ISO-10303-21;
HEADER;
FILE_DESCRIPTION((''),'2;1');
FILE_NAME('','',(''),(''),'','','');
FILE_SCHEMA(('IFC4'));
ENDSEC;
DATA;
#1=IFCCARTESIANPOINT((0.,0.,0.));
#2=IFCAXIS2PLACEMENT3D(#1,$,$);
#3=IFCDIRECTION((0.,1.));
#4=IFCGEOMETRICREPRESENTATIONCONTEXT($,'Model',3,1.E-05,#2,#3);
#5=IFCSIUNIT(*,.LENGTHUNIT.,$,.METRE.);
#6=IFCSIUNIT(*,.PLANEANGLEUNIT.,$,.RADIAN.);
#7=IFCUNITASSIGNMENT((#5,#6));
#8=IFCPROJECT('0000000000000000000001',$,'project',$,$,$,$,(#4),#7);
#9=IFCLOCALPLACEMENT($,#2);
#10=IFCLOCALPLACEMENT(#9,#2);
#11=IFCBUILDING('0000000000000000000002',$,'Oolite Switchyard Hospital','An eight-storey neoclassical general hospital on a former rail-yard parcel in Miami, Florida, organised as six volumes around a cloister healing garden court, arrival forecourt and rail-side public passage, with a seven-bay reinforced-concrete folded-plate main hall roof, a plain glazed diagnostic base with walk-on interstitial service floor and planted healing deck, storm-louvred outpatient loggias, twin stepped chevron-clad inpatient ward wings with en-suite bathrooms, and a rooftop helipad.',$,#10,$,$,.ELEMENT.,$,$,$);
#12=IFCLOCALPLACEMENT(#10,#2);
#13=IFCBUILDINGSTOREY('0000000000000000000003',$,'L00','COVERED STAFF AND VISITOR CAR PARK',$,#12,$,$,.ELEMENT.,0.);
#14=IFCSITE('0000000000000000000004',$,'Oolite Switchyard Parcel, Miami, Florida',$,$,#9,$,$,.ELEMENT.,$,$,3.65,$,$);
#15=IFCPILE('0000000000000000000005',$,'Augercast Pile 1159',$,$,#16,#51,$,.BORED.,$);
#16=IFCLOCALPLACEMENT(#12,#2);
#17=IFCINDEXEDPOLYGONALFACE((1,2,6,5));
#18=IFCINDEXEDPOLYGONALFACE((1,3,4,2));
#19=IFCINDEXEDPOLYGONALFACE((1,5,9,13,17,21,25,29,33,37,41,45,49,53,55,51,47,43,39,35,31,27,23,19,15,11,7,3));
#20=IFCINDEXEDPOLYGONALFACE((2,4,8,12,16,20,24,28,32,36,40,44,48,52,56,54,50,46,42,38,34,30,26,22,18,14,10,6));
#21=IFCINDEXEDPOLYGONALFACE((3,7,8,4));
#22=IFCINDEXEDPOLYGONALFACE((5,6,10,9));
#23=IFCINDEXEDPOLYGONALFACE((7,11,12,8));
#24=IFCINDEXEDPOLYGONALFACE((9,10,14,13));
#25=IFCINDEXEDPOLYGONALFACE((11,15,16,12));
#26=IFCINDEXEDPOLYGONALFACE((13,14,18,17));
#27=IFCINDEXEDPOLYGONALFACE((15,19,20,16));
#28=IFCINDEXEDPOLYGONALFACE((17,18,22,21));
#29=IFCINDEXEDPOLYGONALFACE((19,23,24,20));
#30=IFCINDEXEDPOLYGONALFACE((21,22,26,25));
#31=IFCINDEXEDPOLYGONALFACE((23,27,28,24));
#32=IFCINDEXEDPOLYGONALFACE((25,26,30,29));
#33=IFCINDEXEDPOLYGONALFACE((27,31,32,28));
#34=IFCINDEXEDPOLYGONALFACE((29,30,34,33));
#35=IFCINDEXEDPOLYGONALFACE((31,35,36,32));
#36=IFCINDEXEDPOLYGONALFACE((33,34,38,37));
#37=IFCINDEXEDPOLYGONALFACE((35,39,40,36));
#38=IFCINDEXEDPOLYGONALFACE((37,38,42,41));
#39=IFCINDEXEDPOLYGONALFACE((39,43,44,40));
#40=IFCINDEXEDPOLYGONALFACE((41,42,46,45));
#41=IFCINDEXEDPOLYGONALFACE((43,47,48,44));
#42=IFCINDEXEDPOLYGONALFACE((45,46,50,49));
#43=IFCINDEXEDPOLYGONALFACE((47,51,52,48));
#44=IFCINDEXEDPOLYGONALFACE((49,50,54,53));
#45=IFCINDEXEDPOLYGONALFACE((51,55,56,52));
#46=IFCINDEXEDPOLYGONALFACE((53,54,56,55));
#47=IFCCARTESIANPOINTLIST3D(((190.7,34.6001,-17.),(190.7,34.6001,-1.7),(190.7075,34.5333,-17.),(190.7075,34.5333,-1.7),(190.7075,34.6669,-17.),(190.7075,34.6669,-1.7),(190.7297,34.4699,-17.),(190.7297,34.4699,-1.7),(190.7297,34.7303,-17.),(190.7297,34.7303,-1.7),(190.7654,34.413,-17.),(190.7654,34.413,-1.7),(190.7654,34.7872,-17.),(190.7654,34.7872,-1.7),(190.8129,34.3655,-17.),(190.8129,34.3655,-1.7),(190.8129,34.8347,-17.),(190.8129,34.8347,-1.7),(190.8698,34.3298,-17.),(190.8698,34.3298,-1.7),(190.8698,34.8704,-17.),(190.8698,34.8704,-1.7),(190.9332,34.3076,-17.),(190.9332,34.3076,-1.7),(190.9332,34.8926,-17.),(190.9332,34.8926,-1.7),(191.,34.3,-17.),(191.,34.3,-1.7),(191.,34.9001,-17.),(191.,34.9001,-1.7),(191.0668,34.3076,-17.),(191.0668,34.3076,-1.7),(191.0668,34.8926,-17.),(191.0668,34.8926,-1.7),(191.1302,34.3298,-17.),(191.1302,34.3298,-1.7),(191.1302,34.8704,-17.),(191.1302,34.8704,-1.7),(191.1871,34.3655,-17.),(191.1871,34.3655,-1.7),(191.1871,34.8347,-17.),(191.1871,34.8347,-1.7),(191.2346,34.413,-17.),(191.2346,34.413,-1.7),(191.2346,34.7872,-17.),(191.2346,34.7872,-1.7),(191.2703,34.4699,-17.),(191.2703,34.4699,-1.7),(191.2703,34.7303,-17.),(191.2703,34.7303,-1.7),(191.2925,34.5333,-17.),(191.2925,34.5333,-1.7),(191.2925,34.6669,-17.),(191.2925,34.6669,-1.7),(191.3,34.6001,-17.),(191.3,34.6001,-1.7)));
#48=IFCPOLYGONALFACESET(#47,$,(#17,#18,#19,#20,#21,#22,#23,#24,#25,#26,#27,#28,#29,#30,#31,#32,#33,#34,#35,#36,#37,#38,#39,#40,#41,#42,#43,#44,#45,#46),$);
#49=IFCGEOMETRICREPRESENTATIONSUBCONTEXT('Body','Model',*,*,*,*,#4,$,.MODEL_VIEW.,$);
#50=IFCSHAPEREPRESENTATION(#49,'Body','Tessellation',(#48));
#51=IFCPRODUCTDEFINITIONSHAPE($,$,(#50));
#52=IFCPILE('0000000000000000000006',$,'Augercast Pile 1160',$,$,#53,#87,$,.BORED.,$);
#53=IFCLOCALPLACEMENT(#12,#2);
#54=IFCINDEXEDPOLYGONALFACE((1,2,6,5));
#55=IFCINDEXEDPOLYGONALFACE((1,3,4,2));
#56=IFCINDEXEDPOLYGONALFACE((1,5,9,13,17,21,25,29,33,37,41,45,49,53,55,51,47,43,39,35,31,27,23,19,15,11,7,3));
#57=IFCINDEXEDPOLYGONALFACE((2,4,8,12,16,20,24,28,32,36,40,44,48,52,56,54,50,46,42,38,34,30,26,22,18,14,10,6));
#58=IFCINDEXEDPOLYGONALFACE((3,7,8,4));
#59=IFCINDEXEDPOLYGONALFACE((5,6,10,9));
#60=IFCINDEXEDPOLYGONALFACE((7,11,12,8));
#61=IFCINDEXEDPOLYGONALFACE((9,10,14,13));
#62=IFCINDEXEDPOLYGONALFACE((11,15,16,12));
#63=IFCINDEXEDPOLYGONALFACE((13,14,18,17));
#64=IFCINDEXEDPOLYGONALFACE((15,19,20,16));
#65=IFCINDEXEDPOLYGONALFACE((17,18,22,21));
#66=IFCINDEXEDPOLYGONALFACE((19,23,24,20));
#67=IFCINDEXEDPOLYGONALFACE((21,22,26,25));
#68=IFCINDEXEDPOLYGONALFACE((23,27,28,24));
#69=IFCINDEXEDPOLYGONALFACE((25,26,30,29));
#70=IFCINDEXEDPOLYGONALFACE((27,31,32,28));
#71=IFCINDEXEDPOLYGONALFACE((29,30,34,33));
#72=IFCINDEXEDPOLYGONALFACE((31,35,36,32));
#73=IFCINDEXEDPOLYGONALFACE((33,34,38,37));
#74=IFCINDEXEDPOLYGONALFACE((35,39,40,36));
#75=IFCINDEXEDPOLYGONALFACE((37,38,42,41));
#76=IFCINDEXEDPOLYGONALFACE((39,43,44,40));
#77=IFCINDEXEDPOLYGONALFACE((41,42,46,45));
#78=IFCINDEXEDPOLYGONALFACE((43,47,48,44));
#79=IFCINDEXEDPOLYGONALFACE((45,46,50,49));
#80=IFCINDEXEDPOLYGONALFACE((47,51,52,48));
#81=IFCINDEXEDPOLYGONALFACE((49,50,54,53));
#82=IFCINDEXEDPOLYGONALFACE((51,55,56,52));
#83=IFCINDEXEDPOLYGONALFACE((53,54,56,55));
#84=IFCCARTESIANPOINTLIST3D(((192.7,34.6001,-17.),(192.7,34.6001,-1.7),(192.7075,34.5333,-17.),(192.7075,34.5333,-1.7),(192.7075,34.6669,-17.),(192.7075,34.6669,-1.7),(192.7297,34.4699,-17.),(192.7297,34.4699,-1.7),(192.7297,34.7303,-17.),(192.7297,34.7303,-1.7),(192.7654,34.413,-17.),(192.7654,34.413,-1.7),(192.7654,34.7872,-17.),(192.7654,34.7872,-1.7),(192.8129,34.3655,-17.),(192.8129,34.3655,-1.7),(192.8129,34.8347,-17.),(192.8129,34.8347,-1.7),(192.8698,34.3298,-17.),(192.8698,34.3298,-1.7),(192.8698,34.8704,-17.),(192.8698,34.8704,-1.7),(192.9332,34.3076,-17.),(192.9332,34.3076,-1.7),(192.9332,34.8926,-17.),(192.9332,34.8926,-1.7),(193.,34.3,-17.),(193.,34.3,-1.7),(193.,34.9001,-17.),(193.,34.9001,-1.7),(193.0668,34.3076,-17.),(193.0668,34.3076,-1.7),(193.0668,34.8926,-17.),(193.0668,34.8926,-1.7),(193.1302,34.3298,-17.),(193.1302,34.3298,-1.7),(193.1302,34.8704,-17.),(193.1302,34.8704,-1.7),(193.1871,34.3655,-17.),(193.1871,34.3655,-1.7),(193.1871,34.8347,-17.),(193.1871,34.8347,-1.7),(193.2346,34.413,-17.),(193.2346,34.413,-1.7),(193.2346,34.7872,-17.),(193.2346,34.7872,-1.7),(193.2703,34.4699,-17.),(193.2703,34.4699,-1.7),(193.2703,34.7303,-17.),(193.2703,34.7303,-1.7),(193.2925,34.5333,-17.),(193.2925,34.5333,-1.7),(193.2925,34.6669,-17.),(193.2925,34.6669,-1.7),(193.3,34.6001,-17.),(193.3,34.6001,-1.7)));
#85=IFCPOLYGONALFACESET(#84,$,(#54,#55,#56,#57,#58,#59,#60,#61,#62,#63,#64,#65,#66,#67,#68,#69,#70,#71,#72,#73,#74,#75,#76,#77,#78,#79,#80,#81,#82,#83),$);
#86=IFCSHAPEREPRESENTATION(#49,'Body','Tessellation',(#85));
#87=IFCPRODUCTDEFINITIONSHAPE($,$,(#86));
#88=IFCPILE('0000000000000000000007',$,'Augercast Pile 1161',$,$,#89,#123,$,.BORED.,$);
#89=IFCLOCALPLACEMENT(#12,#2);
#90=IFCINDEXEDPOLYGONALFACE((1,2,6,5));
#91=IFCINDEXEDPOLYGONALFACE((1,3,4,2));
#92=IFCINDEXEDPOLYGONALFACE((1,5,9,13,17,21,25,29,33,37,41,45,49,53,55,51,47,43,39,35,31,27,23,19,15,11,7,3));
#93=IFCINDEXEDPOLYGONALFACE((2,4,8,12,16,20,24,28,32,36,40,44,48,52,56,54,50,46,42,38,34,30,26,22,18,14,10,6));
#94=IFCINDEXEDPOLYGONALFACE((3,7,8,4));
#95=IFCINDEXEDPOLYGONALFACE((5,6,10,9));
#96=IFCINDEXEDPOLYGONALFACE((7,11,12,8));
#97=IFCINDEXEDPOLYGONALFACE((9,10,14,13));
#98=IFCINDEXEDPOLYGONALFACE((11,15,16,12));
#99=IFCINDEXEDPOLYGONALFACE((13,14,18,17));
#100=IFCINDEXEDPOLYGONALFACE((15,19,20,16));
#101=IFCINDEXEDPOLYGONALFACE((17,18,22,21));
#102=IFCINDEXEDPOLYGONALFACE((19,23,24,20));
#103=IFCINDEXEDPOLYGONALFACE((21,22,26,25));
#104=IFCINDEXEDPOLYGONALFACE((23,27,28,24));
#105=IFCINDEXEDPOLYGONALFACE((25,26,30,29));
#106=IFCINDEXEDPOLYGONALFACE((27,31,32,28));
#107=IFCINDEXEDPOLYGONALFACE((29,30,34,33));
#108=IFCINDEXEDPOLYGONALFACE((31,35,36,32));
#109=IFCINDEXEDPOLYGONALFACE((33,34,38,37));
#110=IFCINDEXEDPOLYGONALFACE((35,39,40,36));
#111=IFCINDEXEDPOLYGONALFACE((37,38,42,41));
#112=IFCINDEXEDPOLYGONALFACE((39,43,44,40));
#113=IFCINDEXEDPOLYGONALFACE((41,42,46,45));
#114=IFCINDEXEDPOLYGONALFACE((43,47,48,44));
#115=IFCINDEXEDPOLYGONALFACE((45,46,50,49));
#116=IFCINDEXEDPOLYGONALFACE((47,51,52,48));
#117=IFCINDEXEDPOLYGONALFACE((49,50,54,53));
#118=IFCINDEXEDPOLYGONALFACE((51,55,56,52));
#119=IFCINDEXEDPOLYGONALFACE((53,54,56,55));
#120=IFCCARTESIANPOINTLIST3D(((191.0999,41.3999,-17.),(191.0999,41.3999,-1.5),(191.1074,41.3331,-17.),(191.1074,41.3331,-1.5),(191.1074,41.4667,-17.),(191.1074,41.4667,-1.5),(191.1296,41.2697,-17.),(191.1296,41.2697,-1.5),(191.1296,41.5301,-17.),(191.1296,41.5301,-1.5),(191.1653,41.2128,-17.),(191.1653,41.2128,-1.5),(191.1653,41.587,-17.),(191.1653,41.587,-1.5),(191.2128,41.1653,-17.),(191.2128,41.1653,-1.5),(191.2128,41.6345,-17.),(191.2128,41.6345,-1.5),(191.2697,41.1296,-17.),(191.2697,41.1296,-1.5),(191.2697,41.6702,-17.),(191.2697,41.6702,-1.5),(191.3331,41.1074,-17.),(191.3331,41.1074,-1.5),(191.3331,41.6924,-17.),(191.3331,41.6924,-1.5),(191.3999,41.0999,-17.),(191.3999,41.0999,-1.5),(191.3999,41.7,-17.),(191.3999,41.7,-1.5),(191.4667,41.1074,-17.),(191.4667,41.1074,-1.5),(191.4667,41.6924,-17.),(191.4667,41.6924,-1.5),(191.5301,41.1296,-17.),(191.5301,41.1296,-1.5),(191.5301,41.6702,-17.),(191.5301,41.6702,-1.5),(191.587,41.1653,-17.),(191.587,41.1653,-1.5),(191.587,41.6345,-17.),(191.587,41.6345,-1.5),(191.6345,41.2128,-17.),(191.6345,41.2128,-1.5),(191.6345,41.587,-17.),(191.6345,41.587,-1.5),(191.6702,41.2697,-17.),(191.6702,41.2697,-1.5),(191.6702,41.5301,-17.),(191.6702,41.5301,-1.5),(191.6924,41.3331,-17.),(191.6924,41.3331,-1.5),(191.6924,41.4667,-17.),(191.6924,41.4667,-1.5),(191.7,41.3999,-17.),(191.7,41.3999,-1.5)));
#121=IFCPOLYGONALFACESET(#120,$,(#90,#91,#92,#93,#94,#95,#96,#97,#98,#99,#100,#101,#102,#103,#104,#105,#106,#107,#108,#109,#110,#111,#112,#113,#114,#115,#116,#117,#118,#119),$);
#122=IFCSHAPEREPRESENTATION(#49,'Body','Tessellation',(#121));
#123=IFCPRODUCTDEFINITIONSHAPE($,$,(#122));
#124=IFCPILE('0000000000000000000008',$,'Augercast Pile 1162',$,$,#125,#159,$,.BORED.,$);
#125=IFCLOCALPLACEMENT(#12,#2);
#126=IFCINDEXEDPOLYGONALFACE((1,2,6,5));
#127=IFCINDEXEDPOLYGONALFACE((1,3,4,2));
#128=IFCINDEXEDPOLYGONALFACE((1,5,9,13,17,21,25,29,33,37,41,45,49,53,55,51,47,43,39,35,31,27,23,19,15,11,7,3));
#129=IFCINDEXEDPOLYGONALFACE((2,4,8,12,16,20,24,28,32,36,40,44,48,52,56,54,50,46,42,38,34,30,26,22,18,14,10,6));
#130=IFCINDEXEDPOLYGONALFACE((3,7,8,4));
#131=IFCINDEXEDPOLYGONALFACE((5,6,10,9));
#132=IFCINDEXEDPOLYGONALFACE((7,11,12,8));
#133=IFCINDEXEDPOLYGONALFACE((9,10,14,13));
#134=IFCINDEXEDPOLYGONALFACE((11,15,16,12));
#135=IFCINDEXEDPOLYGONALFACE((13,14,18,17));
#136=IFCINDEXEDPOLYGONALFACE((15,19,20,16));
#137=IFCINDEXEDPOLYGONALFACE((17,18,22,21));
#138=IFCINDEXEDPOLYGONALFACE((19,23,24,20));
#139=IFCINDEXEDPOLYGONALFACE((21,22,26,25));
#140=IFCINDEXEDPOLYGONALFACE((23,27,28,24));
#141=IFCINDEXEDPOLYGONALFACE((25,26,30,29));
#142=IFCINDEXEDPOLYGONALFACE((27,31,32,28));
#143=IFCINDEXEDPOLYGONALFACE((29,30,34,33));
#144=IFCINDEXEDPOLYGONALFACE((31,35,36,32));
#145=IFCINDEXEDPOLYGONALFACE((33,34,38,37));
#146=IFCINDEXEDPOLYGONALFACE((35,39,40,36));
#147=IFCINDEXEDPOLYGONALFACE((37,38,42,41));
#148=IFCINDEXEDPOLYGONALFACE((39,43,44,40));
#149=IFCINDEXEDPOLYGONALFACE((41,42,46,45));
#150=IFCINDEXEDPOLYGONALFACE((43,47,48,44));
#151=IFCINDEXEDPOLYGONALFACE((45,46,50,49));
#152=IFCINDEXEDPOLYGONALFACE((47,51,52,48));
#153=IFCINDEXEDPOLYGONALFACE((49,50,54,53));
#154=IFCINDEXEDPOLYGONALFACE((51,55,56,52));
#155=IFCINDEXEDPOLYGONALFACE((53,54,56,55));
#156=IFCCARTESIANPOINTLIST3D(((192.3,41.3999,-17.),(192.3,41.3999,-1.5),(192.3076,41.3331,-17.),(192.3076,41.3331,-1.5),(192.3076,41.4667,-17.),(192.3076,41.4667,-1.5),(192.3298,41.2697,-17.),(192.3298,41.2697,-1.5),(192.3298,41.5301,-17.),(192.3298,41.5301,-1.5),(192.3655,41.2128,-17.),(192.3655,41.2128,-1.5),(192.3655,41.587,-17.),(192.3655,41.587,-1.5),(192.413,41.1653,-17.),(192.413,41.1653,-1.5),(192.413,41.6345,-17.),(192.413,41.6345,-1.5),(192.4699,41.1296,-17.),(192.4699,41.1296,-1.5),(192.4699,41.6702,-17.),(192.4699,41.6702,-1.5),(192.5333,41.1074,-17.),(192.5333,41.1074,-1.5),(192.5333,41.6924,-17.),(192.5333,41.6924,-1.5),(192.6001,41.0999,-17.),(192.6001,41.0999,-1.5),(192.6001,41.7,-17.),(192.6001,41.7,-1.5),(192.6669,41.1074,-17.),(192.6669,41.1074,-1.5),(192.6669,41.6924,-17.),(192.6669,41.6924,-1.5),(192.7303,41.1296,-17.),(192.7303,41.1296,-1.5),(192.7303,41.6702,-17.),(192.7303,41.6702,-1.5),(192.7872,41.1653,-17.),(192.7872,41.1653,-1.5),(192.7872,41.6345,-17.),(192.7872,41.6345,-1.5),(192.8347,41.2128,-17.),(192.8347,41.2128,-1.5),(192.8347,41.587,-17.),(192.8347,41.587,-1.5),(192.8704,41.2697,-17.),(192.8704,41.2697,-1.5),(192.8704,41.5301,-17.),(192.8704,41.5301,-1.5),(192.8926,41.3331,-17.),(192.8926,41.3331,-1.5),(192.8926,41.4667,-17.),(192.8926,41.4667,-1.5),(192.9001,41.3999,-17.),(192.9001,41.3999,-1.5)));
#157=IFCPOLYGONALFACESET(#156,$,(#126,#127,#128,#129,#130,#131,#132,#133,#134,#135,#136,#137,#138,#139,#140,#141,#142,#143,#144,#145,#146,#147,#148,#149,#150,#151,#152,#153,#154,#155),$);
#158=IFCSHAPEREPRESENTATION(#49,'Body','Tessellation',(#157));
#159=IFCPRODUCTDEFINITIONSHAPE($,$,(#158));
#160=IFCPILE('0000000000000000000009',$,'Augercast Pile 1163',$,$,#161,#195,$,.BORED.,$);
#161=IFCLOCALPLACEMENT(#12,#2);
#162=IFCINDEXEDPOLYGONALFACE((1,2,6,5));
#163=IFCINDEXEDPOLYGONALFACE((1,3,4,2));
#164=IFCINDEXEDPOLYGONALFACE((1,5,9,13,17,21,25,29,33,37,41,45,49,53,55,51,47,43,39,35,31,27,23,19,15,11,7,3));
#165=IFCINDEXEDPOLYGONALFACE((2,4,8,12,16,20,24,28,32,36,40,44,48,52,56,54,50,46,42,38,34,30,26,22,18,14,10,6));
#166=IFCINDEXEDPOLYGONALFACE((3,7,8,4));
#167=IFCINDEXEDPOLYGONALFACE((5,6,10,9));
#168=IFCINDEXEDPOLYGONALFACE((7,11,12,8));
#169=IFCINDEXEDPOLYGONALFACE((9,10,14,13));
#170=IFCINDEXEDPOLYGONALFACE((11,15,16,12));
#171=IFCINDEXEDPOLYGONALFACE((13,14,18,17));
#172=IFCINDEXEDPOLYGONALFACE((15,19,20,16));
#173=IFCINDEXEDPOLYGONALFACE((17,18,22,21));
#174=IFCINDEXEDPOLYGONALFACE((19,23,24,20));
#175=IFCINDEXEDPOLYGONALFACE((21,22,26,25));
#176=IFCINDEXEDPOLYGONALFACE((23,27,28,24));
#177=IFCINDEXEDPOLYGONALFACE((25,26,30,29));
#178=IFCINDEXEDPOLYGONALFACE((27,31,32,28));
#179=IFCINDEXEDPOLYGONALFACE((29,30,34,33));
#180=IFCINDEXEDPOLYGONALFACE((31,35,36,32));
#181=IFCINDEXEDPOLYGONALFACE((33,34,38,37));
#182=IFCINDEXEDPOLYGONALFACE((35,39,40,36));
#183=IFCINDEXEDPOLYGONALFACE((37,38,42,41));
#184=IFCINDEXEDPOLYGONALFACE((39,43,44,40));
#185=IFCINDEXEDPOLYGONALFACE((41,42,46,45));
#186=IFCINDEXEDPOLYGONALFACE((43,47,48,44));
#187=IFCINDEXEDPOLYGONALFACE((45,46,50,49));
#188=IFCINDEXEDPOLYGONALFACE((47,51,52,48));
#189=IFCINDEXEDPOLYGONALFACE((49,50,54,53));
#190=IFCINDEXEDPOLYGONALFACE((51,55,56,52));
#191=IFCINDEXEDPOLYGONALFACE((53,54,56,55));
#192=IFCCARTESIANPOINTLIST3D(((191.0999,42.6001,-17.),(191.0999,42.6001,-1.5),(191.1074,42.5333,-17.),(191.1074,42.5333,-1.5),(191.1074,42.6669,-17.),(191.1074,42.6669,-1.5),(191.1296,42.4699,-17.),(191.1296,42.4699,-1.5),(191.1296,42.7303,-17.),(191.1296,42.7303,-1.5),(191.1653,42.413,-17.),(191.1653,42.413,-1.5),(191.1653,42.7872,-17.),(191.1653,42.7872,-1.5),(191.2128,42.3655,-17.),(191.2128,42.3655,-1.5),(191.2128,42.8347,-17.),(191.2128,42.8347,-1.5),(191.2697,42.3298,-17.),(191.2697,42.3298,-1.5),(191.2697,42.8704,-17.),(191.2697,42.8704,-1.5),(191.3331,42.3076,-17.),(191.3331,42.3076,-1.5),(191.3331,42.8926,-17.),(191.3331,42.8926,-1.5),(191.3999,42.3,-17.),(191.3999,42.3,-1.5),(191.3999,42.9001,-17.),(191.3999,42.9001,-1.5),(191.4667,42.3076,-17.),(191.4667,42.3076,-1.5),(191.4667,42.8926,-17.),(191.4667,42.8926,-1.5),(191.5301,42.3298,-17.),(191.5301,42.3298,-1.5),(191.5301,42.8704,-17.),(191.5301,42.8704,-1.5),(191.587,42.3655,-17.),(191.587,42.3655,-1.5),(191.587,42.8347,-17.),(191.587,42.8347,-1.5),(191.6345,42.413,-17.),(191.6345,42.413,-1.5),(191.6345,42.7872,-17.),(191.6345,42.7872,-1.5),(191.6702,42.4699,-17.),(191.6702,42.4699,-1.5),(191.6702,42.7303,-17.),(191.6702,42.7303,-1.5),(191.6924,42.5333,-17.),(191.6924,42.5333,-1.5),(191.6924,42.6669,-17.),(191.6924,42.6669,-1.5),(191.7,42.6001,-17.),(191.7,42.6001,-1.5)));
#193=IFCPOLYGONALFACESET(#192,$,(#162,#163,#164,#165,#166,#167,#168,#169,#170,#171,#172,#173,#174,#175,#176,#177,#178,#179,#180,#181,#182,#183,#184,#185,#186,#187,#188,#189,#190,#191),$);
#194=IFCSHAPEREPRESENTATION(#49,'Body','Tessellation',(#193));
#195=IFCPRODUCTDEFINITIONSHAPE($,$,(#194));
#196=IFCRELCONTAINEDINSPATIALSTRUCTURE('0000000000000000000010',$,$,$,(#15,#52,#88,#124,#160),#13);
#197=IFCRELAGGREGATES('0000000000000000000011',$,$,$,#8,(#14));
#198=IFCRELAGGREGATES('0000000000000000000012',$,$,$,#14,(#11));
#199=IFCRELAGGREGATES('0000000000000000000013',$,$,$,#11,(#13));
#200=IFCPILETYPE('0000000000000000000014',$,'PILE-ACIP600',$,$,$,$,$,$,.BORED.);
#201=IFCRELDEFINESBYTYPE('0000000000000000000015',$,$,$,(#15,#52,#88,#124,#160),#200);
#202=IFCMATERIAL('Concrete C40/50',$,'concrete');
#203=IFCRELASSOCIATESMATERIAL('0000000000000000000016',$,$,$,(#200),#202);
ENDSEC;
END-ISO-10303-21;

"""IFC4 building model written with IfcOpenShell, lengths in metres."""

from ifc_helpers import new_model, si_unit, direction, frame, origin, origin_2d, place, context, subcontext, project, spatial, circle, extrude, material, material_profile, profile_set, type_object, element, save


model = new_model("IFC4")

# Units and contexts
model_context = context("Model", 3, precision=1e-05, world=origin(), true_north=direction((0.0, 1.0)))
body_context = subcontext(model_context, "Body", "Model", "MODEL_VIEW")
ifc_project = project(units=[si_unit("LENGTHUNIT", "METRE"), si_unit("PLANEANGLEUNIT", "RADIAN")], contexts=[model_context])

# Site, building, storey
site_placement = place(None, origin())
site = spatial("IfcSite", under=ifc_project, at=site_placement, Name="Oolite Switchyard Parcel, Miami, Florida", CompositionType="ELEMENT", RefElevation=3.65)
building_placement = place(site_placement, origin())
building = spatial("IfcBuilding", under=site, at=building_placement, Name="Oolite Switchyard Hospital", Description="An eight-storey neoclassical general hospital on a former rail-yard parcel in Miami, Florida, organised as six volumes around a cloister healing garden court, arrival forecourt and rail-side public passage, with a seven-bay reinforced-concrete folded-plate main hall roof, a plain glazed diagnostic base with walk-on interstitial service floor and planted healing deck, storm-louvred outpatient loggias, twin stepped chevron-clad inpatient ward wings with en-suite bathrooms, and a rooftop helipad.", CompositionType="ELEMENT")
storey_placement = place(building_placement, origin())
storey = spatial("IfcBuildingStorey", under=building, at=storey_placement, Name="L00", Description="COVERED STAFF AND VISITOR CAR PARK", CompositionType="ELEMENT", Elevation=0.0)

# Shared definitions
ifc_material_1 = material(Name="Concrete C40/50", Category="concrete")

# Piles
ifc_material_profile_1 = material_profile(ifc_material_1, circle(Radius=0.3, at=origin_2d()), Name="PILE600")
ifc_profile_set_1 = profile_set([ifc_material_profile_1], Name="Concrete C40/50")
pile_type_1 = type_object("IfcPileType", Name="PILE-ACIP600", PredefinedType="BORED", material=ifc_profile_set_1)
for number, where, z_axis, x_axis, name in (
    (1, (191.0, 34.6001, -1.7), (0.0, 0.0, -1.0), (1.0, 0.0, 0.0), "Augercast Pile 1159"),
    (2, (193.0, 34.6001, -1.7), (0.0, 0.0, -1.0), (1.0, 0.0, 0.0), "Augercast Pile 1160"),
):
    element("IfcPile", number, at=place(storey_placement, frame(where, z_axis=z_axis, x_axis=x_axis)), inside=storey, type_object=pile_type_1, Name=name, PredefinedType="BORED", context=body_context, shape_type="SweptSolid", body=[
        extrude(circle(Radius=0.3, at=origin_2d()), origin(), (0.0, 0.0, 1.0), 15.3),
    ])
for number, where, z_axis, x_axis, name in (
    (3, (191.3999, 41.3999, -1.5), (0.0, 0.0, -1.0), (1.0, 0.0, 0.0), "Augercast Pile 1161"),
    (4, (192.6001, 41.3999, -1.5), (0.0, 0.0, -1.0), (1.0, 0.0, 0.0), "Augercast Pile 1162"),
    (5, (191.3999, 42.6001, -1.5), (0.0, 0.0, -1.0), (1.0, 0.0, 0.0), "Augercast Pile 1163"),
):
    element("IfcPile", number, at=place(storey_placement, frame(where, z_axis=z_axis, x_axis=x_axis)), inside=storey, type_object=pile_type_1, Name=name, PredefinedType="BORED", context=body_context, shape_type="SweptSolid", body=[
        extrude(circle(Radius=0.3, at=origin_2d()), origin(), (0.0, 0.0, 1.0), 15.5),
    ])

save(model, "model.ifc")
